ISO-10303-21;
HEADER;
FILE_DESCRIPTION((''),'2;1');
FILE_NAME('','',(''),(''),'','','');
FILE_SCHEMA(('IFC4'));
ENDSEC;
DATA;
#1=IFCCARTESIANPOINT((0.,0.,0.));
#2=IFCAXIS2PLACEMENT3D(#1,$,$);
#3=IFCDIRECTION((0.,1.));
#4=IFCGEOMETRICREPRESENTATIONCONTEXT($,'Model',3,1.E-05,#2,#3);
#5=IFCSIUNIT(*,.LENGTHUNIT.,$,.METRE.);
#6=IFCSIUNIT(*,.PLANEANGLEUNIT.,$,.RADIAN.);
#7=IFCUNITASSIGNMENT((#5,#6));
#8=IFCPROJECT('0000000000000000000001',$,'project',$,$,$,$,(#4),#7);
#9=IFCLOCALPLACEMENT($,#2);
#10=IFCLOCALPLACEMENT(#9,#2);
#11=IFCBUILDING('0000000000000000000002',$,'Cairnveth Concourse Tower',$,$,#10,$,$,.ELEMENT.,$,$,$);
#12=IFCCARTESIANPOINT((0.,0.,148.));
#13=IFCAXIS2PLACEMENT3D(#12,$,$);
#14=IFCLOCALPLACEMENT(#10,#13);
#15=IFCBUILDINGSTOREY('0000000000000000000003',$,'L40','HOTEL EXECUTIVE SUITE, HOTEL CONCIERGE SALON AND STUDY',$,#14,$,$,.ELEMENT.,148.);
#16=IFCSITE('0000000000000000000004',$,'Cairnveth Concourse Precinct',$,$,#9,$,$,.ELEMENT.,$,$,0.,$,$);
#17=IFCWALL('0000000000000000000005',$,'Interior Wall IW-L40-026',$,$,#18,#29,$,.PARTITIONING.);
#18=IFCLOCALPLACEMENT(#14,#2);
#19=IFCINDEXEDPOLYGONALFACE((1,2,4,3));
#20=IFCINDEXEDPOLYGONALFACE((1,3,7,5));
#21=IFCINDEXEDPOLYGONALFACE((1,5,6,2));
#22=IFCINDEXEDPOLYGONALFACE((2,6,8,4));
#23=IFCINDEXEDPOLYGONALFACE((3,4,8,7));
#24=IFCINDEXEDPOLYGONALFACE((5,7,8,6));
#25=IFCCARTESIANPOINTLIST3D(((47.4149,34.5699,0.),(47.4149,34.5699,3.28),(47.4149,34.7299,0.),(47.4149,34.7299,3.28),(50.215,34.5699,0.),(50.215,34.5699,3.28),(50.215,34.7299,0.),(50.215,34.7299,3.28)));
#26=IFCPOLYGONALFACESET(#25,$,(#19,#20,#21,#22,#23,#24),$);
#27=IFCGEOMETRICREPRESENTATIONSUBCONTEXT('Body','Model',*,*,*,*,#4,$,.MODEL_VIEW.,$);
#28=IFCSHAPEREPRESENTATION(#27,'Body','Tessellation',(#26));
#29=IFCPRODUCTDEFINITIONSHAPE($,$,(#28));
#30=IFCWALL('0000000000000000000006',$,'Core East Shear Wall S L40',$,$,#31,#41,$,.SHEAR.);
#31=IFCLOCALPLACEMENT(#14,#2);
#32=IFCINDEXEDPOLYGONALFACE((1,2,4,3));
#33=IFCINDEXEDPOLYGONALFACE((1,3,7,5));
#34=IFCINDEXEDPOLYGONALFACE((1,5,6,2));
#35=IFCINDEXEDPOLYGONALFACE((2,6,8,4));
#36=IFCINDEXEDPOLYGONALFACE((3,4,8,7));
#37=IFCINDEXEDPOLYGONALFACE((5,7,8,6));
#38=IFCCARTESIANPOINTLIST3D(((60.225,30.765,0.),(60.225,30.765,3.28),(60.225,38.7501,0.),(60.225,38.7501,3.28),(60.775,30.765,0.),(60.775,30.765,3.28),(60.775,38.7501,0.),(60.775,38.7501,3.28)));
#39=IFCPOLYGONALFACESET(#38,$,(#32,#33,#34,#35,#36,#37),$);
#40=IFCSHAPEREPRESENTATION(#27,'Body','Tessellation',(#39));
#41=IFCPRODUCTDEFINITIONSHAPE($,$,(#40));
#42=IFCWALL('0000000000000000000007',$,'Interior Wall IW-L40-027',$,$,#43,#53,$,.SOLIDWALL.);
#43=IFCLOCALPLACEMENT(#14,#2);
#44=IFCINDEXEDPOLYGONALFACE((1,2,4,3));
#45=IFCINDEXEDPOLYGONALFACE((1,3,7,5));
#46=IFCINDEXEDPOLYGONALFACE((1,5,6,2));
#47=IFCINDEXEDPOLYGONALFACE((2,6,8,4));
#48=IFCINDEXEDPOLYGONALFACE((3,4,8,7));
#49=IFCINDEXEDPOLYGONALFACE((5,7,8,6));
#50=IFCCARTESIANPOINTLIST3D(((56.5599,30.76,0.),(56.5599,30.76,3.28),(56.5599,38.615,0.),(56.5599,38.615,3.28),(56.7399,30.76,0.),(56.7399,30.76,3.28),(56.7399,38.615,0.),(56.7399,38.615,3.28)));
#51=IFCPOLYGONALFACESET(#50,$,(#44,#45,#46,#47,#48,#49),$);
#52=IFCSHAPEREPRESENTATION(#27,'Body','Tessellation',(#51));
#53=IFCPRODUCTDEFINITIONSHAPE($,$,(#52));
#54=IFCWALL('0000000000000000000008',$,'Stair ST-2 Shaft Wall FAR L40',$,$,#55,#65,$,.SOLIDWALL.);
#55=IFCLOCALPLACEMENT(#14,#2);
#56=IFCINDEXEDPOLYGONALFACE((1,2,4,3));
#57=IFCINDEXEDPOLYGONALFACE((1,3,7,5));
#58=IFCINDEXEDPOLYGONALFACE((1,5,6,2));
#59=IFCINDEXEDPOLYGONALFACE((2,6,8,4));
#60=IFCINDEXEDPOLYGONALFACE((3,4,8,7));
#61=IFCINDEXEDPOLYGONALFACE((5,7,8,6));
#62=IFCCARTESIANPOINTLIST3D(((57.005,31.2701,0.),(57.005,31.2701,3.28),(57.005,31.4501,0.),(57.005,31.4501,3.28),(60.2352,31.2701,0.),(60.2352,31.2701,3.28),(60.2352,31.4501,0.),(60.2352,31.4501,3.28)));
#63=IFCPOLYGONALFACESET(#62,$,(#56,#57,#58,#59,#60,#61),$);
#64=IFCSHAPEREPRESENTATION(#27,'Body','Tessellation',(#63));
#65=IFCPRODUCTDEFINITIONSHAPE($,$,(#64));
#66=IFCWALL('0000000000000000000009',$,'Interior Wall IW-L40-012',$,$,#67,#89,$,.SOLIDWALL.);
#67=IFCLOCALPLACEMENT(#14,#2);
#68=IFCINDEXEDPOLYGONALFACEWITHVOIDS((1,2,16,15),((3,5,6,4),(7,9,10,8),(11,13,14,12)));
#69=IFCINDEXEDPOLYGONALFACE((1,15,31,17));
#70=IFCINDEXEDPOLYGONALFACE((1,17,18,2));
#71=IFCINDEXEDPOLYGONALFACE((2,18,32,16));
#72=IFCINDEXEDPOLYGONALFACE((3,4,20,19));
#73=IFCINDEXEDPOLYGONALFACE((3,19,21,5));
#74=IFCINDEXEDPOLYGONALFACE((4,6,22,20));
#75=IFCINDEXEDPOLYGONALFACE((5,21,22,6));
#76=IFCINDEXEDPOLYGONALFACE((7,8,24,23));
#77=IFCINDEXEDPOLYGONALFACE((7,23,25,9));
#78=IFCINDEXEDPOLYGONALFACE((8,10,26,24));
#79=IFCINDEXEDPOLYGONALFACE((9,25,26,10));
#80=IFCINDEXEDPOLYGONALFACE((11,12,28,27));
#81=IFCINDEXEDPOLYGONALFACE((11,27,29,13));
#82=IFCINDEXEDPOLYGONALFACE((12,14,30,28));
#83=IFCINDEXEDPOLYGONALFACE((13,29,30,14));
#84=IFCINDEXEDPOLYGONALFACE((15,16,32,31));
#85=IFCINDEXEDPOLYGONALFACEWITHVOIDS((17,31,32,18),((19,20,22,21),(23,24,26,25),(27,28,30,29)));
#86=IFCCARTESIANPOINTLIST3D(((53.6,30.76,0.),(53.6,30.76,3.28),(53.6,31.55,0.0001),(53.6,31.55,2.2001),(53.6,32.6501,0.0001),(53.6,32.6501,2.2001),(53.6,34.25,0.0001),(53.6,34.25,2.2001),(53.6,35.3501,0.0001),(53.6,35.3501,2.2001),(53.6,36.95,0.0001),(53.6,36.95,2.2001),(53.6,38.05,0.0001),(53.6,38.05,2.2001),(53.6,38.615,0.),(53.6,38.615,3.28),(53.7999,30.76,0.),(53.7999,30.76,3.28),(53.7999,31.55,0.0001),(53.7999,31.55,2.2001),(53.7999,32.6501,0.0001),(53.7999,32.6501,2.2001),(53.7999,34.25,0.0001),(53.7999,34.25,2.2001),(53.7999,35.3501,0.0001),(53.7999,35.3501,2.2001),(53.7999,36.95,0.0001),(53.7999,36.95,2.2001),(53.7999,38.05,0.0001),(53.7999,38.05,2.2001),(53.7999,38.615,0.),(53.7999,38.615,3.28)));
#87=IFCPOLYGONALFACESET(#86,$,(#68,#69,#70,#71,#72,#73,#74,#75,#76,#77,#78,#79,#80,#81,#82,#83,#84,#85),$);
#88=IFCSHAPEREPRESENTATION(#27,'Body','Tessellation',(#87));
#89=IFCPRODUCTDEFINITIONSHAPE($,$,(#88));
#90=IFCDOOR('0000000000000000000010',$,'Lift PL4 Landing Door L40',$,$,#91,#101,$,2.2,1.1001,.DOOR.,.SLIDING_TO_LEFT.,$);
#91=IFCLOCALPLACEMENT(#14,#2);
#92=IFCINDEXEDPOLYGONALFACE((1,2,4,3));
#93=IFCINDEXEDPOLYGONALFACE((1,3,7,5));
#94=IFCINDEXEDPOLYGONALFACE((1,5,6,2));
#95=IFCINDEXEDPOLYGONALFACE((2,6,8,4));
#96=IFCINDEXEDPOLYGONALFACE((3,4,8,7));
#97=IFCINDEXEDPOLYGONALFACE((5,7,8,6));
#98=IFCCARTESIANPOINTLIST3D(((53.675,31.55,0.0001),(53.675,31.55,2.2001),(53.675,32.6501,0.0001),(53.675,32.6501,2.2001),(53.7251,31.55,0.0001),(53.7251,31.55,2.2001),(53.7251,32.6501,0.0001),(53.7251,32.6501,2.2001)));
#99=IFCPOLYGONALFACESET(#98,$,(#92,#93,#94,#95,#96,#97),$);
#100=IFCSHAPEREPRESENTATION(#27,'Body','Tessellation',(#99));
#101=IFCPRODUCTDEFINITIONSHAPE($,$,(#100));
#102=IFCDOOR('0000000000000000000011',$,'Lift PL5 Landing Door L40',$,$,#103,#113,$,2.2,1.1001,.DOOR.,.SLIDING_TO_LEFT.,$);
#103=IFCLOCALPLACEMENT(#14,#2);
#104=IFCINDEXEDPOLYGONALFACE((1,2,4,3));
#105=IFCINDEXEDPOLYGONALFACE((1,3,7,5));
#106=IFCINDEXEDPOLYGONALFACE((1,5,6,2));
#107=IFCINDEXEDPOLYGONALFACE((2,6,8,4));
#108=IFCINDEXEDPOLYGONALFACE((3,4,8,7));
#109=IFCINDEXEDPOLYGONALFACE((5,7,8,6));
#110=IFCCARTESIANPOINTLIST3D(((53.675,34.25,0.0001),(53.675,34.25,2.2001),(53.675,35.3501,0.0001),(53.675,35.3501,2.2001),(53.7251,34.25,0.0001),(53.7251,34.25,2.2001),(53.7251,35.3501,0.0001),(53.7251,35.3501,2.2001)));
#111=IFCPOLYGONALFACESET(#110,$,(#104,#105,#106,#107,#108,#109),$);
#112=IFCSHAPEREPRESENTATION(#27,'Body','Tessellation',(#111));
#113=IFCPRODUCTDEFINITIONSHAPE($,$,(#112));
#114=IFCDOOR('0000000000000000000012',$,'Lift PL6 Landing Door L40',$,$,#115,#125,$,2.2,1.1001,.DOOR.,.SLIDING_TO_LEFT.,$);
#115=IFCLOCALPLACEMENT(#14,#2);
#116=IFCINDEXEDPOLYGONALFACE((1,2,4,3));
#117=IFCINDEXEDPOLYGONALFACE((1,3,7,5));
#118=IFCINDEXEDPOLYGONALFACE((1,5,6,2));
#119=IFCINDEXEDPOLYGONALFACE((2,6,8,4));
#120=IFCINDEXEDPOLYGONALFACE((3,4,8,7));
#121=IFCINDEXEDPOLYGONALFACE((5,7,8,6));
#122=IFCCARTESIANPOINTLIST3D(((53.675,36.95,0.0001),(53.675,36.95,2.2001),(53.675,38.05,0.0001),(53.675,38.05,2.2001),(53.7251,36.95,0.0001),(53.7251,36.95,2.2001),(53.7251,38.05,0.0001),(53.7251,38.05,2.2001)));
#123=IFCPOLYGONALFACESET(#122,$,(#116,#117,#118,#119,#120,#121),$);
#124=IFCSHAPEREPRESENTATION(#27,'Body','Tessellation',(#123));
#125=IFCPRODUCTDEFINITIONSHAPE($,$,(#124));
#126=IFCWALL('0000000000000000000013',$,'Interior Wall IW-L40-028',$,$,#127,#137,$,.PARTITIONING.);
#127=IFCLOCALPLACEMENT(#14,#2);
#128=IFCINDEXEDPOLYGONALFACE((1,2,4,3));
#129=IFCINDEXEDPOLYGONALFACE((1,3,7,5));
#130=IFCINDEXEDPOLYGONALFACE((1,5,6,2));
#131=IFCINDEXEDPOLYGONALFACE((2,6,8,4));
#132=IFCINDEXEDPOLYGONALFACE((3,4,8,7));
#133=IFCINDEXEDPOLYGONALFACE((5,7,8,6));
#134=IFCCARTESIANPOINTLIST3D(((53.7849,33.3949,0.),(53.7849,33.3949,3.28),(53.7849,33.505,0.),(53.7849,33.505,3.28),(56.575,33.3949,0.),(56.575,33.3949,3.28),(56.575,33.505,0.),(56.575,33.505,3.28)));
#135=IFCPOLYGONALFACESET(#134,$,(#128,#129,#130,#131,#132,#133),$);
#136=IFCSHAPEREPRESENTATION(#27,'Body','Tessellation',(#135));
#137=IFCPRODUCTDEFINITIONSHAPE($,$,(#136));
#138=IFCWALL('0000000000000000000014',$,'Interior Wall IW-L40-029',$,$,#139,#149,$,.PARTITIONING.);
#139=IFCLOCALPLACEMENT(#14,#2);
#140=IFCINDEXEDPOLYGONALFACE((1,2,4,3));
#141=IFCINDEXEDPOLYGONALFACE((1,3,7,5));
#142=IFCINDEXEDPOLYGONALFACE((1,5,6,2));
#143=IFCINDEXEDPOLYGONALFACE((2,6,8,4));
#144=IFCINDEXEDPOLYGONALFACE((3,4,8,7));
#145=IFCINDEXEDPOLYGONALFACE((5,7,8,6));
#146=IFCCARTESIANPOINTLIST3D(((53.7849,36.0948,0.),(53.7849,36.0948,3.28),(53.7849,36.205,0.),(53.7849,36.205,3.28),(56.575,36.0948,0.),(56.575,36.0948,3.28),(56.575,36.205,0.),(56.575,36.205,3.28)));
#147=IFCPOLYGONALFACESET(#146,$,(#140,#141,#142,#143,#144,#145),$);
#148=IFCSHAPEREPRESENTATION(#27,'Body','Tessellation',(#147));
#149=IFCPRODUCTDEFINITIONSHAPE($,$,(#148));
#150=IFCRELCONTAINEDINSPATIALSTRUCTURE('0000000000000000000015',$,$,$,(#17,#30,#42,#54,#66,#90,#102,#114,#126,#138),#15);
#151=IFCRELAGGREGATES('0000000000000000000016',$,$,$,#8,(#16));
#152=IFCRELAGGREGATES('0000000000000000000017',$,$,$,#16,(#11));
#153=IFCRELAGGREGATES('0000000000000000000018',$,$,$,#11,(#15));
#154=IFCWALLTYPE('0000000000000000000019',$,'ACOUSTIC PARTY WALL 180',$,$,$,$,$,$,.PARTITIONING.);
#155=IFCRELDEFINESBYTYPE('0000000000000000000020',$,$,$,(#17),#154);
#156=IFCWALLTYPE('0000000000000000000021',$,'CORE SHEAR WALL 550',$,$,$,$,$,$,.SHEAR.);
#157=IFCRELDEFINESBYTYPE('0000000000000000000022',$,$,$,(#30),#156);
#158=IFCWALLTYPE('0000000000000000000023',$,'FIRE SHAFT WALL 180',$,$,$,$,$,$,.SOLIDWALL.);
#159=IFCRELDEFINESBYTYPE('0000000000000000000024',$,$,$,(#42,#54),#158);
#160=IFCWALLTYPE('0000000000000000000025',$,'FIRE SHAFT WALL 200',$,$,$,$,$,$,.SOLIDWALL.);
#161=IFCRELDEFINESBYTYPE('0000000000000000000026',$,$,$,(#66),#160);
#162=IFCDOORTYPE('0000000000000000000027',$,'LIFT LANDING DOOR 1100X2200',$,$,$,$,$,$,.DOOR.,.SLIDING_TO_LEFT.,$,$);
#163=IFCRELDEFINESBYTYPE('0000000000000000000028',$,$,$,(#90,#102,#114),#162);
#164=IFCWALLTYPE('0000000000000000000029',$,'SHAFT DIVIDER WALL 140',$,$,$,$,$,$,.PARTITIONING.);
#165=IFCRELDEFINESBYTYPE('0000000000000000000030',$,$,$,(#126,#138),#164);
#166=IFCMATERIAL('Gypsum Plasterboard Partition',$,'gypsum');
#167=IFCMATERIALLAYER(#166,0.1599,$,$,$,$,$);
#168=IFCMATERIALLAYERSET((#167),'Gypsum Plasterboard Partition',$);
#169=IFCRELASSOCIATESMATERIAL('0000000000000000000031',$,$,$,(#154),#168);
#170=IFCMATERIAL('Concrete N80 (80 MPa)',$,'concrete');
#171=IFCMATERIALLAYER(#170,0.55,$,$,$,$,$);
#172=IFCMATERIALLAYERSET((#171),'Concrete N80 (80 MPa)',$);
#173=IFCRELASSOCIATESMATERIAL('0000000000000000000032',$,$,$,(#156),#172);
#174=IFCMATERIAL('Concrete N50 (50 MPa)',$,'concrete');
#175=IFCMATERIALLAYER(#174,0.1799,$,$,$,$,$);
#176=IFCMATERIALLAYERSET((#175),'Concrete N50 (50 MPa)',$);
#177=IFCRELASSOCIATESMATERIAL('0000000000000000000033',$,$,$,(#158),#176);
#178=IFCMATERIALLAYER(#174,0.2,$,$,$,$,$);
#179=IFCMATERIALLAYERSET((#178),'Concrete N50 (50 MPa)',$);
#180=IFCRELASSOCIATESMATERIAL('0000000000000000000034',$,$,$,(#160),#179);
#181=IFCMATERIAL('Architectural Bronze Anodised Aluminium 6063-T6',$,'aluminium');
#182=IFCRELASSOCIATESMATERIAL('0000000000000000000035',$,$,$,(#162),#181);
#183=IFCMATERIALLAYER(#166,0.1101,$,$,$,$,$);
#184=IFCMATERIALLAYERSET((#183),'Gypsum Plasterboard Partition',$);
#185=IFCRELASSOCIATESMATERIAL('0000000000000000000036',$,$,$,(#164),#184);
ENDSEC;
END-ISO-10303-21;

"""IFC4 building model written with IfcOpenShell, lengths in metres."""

from ifc_helpers import new_model, si_unit, direction, frame, frame_2d, origin, place, context, subcontext, project, spatial, rectangle, extrude, material, layer, layer_set, type_object, element, fill, save


model = new_model("IFC4")

# Units and contexts
model_context = context("Model", 3, precision=1e-05, world=origin(), true_north=direction((0.0, 1.0)))
body_context = subcontext(model_context, "Body", "Model", "MODEL_VIEW")
ifc_project = project(units=[si_unit("LENGTHUNIT", "METRE"), si_unit("PLANEANGLEUNIT", "RADIAN")], contexts=[model_context])

# Site, building, storey
site_placement = place(None, origin())
site = spatial("IfcSite", under=ifc_project, at=site_placement, Name="Cairnveth Concourse Precinct", CompositionType="ELEMENT", RefElevation=0.0)
building_placement = place(site_placement, origin())
building = spatial("IfcBuilding", under=site, at=building_placement, Name="Cairnveth Concourse Tower", CompositionType="ELEMENT")
storey_placement = place(building_placement, frame((0.0, 0.0, 148.0)))
storey = spatial("IfcBuildingStorey", under=building, at=storey_placement, Name="L40", Description="HOTEL EXECUTIVE SUITE, HOTEL CONCIERGE SALON AND STUDY", CompositionType="ELEMENT", Elevation=148.0)

# Walls
ifc_material_1 = material(Name="Gypsum Plasterboard Partition", Category="gypsum")
ifc_layer_1 = layer(ifc_material_1, 0.1599)
ifc_layer_set_1 = layer_set([ifc_layer_1], Name="Gypsum Plasterboard Partition")
wall_type_1 = type_object("IfcWallType", Name="ACOUSTIC PARTY WALL 180", PredefinedType="PARTITIONING", material=ifc_layer_set_1)
wall_1_placement = place(storey_placement, frame((47.415, 34.6499, 0.0), z_axis=(0.0, 0.0, 1.0), x_axis=(1.0, 0.0, 0.0)))
element("IfcWall", 1, at=wall_1_placement, inside=storey, type_object=wall_type_1, Name="Interior Wall IW-L40-026", PredefinedType="PARTITIONING", context=body_context, shape_type="SweptSolid", body=[
    extrude(rectangle(XDim=2.8, YDim=0.1599, at=frame_2d((1.3999, 0.0))), origin(), (0.0, 0.0, 1.0), 3.28),
])
ifc_material_2 = material(Name="Concrete N80 (80 MPa)", Category="concrete")
ifc_layer_2 = layer(ifc_material_2, 0.55)
ifc_layer_set_2 = layer_set([ifc_layer_2], Name="Concrete N80 (80 MPa)")
wall_type_2 = type_object("IfcWallType", Name="CORE SHEAR WALL 550", PredefinedType="SHEAR", material=ifc_layer_set_2)
wall_2_placement = place(storey_placement, frame((60.5, 30.7649, 0.0), z_axis=(0.0, 0.0, 1.0), x_axis=(0.0, 1.0, 0.0)))
element("IfcWall", 2, at=wall_2_placement, inside=storey, type_object=wall_type_2, Name="Core East Shear Wall S L40", PredefinedType="SHEAR", context=body_context, shape_type="SweptSolid", body=[
    extrude(rectangle(XDim=7.9851, YDim=0.55, at=frame_2d((3.9927, 0.0))), origin(), (0.0, 0.0, 1.0), 3.28),
])
ifc_material_3 = material(Name="Concrete N50 (50 MPa)", Category="concrete")
ifc_layer_3 = layer(ifc_material_3, 0.1799)
ifc_layer_set_3 = layer_set([ifc_layer_3], Name="Concrete N50 (50 MPa)")
wall_type_3 = type_object("IfcWallType", Name="FIRE SHAFT WALL 180", PredefinedType="SOLIDWALL", material=ifc_layer_set_3)
wall_3_placement = place(storey_placement, frame((56.6499, 30.76, 0.0), z_axis=(0.0, 0.0, 1.0), x_axis=(0.0, 1.0, 0.0)))
element("IfcWall", 3, at=wall_3_placement, inside=storey, type_object=wall_type_3, Name="Interior Wall IW-L40-027", PredefinedType="SOLIDWALL", context=body_context, shape_type="SweptSolid", body=[
    extrude(rectangle(XDim=7.855, YDim=0.1799, at=frame_2d((3.9275, 0.0))), origin(), (0.0, 0.0, 1.0), 3.28),
])
wall_4_placement = place(storey_placement, frame((57.0049, 31.3601, 0.0), z_axis=(0.0, 0.0, 1.0), x_axis=(1.0, 0.0, 0.0)))
element("IfcWall", 4, at=wall_4_placement, inside=storey, type_object=wall_type_3, Name="Stair ST-2 Shaft Wall FAR L40", PredefinedType="SOLIDWALL", context=body_context, shape_type="SweptSolid", body=[
    extrude(rectangle(XDim=3.2302, YDim=0.1799, at=frame_2d((1.6152, 0.0))), origin(), (0.0, 0.0, 1.0), 3.28),
])

# Wall, openings, doors
ifc_layer_4 = layer(ifc_material_3, 0.2)
ifc_layer_set_4 = layer_set([ifc_layer_4], Name="Concrete N50 (50 MPa)")
wall_type_4 = type_object("IfcWallType", Name="FIRE SHAFT WALL 200", PredefinedType="SOLIDWALL", material=ifc_layer_set_4)
wall_5_placement = place(storey_placement, frame((53.7, 30.76, 0.0), z_axis=(0.0, 0.0, 1.0), x_axis=(0.0, 1.0, 0.0)))
wall_5 = element("IfcWall", 5, at=wall_5_placement, inside=storey, type_object=wall_type_4, Name="Interior Wall IW-L40-012", PredefinedType="SOLIDWALL", context=body_context, shape_type="SweptSolid", body=[
    extrude(rectangle(XDim=7.855, YDim=0.2, at=frame_2d((3.9275, 0.0))), origin(), (0.0, 0.0, 1.0), 3.28),
])
opening_1_placement = place(wall_5_placement, frame((0.79, 0.0, 0.0)))
opening_1 = element("IfcOpeningElement", 6, at=opening_1_placement, cuts=wall_5, PredefinedType="OPENING", context=body_context, shape_type="SweptSolid", body=[
    extrude(rectangle(XDim=1.1001, YDim=2.2, at=frame_2d((0.55, 1.1001))), frame((0.0, 0.1099, 0.0), z_axis=(0.0, -1.0, 0.0), x_axis=(1.0, 0.0, 0.0)), (0.0, 0.0, 1.0), 0.22),
])
opening_2_placement = place(wall_5_placement, frame((3.49, 0.0, 0.0)))
opening_2 = element("IfcOpeningElement", 7, at=opening_2_placement, cuts=wall_5, PredefinedType="OPENING", context=body_context, shape_type="SweptSolid", body=[
    extrude(rectangle(XDim=1.1001, YDim=2.2, at=frame_2d((0.55, 1.1001))), frame((0.0, 0.1099, 0.0), z_axis=(0.0, -1.0, 0.0), x_axis=(1.0, 0.0, 0.0)), (0.0, 0.0, 1.0), 0.22),
])
opening_3_placement = place(wall_5_placement, frame((6.1899, 0.0, 0.0)))
opening_3 = element("IfcOpeningElement", 8, at=opening_3_placement, cuts=wall_5, PredefinedType="OPENING", context=body_context, shape_type="SweptSolid", body=[
    extrude(rectangle(XDim=1.1001, YDim=2.2, at=frame_2d((0.55, 1.1001))), frame((0.0, 0.1099, 0.0), z_axis=(0.0, -1.0, 0.0), x_axis=(1.0, 0.0, 0.0)), (0.0, 0.0, 1.0), 0.22),
])
ifc_material_4 = material(Name="Architectural Bronze Anodised Aluminium 6063-T6", Category="aluminium")
door_type_1 = type_object("IfcDoorType", Name="LIFT LANDING DOOR 1100X2200", OperationType="SLIDING_TO_LEFT", PredefinedType="DOOR", material=ifc_material_4)
door_1_placement = place(opening_1_placement, origin())
door_1 = element("IfcDoor", 9, at=door_1_placement, inside=storey, type_object=door_type_1, Name="Lift PL4 Landing Door L40", OperationType="SLIDING_TO_LEFT", OverallHeight=2.2, OverallWidth=1.1001, PredefinedType="DOOR", context=body_context, shape_type="SweptSolid", body=[
    extrude(rectangle(XDim=1.1001, YDim=2.2, at=frame_2d((0.55, 1.1001))), frame((0.0, 0.0249, 0.0), z_axis=(0.0, -1.0, 0.0), x_axis=(1.0, 0.0, 0.0)), (0.0, 0.0, 1.0), 0.05),
])
fill(opening_1, door_1)
door_2_placement = place(opening_2_placement, origin())
door_2 = element("IfcDoor", 10, at=door_2_placement, inside=storey, type_object=door_type_1, Name="Lift PL5 Landing Door L40", OperationType="SLIDING_TO_LEFT", OverallHeight=2.2, OverallWidth=1.1001, PredefinedType="DOOR", context=body_context, shape_type="SweptSolid", body=[
    extrude(rectangle(XDim=1.1001, YDim=2.2, at=frame_2d((0.55, 1.1001))), frame((0.0, 0.0249, 0.0), z_axis=(0.0, -1.0, 0.0), x_axis=(1.0, 0.0, 0.0)), (0.0, 0.0, 1.0), 0.05),
])
fill(opening_2, door_2)
door_3_placement = place(opening_3_placement, origin())
door_3 = element("IfcDoor", 11, at=door_3_placement, inside=storey, type_object=door_type_1, Name="Lift PL6 Landing Door L40", OperationType="SLIDING_TO_LEFT", OverallHeight=2.2, OverallWidth=1.1001, PredefinedType="DOOR", context=body_context, shape_type="SweptSolid", body=[
    extrude(rectangle(XDim=1.1001, YDim=2.2, at=frame_2d((0.55, 1.1001))), frame((0.0, 0.0249, 0.0), z_axis=(0.0, -1.0, 0.0), x_axis=(1.0, 0.0, 0.0)), (0.0, 0.0, 1.0), 0.05),
])
fill(opening_3, door_3)

# Walls
ifc_layer_5 = layer(ifc_material_1, 0.1101)
ifc_layer_set_5 = layer_set([ifc_layer_5], Name="Gypsum Plasterboard Partition")
wall_type_5 = type_object("IfcWallType", Name="SHAFT DIVIDER WALL 140", PredefinedType="PARTITIONING", material=ifc_layer_set_5)
for number, where, z_axis, x_axis, name in (
    (12, (53.7849, 33.45, 0.0), (0.0, 0.0, 1.0), (1.0, 0.0, 0.0), "Interior Wall IW-L40-028"),
    (13, (53.7849, 36.1499, 0.0), (0.0, 0.0, 1.0), (1.0, 0.0, 0.0), "Interior Wall IW-L40-029"),
):
    element("IfcWall", number, at=place(storey_placement, frame(where, z_axis=z_axis, x_axis=x_axis)), inside=storey, type_object=wall_type_5, Name=name, PredefinedType="PARTITIONING", context=body_context, shape_type="SweptSolid", body=[
        extrude(rectangle(XDim=2.79, YDim=0.1101, at=frame_2d((1.395, 0.0))), origin(), (0.0, 0.0, 1.0), 3.28),
    ])

save(model, "model.ifc")
